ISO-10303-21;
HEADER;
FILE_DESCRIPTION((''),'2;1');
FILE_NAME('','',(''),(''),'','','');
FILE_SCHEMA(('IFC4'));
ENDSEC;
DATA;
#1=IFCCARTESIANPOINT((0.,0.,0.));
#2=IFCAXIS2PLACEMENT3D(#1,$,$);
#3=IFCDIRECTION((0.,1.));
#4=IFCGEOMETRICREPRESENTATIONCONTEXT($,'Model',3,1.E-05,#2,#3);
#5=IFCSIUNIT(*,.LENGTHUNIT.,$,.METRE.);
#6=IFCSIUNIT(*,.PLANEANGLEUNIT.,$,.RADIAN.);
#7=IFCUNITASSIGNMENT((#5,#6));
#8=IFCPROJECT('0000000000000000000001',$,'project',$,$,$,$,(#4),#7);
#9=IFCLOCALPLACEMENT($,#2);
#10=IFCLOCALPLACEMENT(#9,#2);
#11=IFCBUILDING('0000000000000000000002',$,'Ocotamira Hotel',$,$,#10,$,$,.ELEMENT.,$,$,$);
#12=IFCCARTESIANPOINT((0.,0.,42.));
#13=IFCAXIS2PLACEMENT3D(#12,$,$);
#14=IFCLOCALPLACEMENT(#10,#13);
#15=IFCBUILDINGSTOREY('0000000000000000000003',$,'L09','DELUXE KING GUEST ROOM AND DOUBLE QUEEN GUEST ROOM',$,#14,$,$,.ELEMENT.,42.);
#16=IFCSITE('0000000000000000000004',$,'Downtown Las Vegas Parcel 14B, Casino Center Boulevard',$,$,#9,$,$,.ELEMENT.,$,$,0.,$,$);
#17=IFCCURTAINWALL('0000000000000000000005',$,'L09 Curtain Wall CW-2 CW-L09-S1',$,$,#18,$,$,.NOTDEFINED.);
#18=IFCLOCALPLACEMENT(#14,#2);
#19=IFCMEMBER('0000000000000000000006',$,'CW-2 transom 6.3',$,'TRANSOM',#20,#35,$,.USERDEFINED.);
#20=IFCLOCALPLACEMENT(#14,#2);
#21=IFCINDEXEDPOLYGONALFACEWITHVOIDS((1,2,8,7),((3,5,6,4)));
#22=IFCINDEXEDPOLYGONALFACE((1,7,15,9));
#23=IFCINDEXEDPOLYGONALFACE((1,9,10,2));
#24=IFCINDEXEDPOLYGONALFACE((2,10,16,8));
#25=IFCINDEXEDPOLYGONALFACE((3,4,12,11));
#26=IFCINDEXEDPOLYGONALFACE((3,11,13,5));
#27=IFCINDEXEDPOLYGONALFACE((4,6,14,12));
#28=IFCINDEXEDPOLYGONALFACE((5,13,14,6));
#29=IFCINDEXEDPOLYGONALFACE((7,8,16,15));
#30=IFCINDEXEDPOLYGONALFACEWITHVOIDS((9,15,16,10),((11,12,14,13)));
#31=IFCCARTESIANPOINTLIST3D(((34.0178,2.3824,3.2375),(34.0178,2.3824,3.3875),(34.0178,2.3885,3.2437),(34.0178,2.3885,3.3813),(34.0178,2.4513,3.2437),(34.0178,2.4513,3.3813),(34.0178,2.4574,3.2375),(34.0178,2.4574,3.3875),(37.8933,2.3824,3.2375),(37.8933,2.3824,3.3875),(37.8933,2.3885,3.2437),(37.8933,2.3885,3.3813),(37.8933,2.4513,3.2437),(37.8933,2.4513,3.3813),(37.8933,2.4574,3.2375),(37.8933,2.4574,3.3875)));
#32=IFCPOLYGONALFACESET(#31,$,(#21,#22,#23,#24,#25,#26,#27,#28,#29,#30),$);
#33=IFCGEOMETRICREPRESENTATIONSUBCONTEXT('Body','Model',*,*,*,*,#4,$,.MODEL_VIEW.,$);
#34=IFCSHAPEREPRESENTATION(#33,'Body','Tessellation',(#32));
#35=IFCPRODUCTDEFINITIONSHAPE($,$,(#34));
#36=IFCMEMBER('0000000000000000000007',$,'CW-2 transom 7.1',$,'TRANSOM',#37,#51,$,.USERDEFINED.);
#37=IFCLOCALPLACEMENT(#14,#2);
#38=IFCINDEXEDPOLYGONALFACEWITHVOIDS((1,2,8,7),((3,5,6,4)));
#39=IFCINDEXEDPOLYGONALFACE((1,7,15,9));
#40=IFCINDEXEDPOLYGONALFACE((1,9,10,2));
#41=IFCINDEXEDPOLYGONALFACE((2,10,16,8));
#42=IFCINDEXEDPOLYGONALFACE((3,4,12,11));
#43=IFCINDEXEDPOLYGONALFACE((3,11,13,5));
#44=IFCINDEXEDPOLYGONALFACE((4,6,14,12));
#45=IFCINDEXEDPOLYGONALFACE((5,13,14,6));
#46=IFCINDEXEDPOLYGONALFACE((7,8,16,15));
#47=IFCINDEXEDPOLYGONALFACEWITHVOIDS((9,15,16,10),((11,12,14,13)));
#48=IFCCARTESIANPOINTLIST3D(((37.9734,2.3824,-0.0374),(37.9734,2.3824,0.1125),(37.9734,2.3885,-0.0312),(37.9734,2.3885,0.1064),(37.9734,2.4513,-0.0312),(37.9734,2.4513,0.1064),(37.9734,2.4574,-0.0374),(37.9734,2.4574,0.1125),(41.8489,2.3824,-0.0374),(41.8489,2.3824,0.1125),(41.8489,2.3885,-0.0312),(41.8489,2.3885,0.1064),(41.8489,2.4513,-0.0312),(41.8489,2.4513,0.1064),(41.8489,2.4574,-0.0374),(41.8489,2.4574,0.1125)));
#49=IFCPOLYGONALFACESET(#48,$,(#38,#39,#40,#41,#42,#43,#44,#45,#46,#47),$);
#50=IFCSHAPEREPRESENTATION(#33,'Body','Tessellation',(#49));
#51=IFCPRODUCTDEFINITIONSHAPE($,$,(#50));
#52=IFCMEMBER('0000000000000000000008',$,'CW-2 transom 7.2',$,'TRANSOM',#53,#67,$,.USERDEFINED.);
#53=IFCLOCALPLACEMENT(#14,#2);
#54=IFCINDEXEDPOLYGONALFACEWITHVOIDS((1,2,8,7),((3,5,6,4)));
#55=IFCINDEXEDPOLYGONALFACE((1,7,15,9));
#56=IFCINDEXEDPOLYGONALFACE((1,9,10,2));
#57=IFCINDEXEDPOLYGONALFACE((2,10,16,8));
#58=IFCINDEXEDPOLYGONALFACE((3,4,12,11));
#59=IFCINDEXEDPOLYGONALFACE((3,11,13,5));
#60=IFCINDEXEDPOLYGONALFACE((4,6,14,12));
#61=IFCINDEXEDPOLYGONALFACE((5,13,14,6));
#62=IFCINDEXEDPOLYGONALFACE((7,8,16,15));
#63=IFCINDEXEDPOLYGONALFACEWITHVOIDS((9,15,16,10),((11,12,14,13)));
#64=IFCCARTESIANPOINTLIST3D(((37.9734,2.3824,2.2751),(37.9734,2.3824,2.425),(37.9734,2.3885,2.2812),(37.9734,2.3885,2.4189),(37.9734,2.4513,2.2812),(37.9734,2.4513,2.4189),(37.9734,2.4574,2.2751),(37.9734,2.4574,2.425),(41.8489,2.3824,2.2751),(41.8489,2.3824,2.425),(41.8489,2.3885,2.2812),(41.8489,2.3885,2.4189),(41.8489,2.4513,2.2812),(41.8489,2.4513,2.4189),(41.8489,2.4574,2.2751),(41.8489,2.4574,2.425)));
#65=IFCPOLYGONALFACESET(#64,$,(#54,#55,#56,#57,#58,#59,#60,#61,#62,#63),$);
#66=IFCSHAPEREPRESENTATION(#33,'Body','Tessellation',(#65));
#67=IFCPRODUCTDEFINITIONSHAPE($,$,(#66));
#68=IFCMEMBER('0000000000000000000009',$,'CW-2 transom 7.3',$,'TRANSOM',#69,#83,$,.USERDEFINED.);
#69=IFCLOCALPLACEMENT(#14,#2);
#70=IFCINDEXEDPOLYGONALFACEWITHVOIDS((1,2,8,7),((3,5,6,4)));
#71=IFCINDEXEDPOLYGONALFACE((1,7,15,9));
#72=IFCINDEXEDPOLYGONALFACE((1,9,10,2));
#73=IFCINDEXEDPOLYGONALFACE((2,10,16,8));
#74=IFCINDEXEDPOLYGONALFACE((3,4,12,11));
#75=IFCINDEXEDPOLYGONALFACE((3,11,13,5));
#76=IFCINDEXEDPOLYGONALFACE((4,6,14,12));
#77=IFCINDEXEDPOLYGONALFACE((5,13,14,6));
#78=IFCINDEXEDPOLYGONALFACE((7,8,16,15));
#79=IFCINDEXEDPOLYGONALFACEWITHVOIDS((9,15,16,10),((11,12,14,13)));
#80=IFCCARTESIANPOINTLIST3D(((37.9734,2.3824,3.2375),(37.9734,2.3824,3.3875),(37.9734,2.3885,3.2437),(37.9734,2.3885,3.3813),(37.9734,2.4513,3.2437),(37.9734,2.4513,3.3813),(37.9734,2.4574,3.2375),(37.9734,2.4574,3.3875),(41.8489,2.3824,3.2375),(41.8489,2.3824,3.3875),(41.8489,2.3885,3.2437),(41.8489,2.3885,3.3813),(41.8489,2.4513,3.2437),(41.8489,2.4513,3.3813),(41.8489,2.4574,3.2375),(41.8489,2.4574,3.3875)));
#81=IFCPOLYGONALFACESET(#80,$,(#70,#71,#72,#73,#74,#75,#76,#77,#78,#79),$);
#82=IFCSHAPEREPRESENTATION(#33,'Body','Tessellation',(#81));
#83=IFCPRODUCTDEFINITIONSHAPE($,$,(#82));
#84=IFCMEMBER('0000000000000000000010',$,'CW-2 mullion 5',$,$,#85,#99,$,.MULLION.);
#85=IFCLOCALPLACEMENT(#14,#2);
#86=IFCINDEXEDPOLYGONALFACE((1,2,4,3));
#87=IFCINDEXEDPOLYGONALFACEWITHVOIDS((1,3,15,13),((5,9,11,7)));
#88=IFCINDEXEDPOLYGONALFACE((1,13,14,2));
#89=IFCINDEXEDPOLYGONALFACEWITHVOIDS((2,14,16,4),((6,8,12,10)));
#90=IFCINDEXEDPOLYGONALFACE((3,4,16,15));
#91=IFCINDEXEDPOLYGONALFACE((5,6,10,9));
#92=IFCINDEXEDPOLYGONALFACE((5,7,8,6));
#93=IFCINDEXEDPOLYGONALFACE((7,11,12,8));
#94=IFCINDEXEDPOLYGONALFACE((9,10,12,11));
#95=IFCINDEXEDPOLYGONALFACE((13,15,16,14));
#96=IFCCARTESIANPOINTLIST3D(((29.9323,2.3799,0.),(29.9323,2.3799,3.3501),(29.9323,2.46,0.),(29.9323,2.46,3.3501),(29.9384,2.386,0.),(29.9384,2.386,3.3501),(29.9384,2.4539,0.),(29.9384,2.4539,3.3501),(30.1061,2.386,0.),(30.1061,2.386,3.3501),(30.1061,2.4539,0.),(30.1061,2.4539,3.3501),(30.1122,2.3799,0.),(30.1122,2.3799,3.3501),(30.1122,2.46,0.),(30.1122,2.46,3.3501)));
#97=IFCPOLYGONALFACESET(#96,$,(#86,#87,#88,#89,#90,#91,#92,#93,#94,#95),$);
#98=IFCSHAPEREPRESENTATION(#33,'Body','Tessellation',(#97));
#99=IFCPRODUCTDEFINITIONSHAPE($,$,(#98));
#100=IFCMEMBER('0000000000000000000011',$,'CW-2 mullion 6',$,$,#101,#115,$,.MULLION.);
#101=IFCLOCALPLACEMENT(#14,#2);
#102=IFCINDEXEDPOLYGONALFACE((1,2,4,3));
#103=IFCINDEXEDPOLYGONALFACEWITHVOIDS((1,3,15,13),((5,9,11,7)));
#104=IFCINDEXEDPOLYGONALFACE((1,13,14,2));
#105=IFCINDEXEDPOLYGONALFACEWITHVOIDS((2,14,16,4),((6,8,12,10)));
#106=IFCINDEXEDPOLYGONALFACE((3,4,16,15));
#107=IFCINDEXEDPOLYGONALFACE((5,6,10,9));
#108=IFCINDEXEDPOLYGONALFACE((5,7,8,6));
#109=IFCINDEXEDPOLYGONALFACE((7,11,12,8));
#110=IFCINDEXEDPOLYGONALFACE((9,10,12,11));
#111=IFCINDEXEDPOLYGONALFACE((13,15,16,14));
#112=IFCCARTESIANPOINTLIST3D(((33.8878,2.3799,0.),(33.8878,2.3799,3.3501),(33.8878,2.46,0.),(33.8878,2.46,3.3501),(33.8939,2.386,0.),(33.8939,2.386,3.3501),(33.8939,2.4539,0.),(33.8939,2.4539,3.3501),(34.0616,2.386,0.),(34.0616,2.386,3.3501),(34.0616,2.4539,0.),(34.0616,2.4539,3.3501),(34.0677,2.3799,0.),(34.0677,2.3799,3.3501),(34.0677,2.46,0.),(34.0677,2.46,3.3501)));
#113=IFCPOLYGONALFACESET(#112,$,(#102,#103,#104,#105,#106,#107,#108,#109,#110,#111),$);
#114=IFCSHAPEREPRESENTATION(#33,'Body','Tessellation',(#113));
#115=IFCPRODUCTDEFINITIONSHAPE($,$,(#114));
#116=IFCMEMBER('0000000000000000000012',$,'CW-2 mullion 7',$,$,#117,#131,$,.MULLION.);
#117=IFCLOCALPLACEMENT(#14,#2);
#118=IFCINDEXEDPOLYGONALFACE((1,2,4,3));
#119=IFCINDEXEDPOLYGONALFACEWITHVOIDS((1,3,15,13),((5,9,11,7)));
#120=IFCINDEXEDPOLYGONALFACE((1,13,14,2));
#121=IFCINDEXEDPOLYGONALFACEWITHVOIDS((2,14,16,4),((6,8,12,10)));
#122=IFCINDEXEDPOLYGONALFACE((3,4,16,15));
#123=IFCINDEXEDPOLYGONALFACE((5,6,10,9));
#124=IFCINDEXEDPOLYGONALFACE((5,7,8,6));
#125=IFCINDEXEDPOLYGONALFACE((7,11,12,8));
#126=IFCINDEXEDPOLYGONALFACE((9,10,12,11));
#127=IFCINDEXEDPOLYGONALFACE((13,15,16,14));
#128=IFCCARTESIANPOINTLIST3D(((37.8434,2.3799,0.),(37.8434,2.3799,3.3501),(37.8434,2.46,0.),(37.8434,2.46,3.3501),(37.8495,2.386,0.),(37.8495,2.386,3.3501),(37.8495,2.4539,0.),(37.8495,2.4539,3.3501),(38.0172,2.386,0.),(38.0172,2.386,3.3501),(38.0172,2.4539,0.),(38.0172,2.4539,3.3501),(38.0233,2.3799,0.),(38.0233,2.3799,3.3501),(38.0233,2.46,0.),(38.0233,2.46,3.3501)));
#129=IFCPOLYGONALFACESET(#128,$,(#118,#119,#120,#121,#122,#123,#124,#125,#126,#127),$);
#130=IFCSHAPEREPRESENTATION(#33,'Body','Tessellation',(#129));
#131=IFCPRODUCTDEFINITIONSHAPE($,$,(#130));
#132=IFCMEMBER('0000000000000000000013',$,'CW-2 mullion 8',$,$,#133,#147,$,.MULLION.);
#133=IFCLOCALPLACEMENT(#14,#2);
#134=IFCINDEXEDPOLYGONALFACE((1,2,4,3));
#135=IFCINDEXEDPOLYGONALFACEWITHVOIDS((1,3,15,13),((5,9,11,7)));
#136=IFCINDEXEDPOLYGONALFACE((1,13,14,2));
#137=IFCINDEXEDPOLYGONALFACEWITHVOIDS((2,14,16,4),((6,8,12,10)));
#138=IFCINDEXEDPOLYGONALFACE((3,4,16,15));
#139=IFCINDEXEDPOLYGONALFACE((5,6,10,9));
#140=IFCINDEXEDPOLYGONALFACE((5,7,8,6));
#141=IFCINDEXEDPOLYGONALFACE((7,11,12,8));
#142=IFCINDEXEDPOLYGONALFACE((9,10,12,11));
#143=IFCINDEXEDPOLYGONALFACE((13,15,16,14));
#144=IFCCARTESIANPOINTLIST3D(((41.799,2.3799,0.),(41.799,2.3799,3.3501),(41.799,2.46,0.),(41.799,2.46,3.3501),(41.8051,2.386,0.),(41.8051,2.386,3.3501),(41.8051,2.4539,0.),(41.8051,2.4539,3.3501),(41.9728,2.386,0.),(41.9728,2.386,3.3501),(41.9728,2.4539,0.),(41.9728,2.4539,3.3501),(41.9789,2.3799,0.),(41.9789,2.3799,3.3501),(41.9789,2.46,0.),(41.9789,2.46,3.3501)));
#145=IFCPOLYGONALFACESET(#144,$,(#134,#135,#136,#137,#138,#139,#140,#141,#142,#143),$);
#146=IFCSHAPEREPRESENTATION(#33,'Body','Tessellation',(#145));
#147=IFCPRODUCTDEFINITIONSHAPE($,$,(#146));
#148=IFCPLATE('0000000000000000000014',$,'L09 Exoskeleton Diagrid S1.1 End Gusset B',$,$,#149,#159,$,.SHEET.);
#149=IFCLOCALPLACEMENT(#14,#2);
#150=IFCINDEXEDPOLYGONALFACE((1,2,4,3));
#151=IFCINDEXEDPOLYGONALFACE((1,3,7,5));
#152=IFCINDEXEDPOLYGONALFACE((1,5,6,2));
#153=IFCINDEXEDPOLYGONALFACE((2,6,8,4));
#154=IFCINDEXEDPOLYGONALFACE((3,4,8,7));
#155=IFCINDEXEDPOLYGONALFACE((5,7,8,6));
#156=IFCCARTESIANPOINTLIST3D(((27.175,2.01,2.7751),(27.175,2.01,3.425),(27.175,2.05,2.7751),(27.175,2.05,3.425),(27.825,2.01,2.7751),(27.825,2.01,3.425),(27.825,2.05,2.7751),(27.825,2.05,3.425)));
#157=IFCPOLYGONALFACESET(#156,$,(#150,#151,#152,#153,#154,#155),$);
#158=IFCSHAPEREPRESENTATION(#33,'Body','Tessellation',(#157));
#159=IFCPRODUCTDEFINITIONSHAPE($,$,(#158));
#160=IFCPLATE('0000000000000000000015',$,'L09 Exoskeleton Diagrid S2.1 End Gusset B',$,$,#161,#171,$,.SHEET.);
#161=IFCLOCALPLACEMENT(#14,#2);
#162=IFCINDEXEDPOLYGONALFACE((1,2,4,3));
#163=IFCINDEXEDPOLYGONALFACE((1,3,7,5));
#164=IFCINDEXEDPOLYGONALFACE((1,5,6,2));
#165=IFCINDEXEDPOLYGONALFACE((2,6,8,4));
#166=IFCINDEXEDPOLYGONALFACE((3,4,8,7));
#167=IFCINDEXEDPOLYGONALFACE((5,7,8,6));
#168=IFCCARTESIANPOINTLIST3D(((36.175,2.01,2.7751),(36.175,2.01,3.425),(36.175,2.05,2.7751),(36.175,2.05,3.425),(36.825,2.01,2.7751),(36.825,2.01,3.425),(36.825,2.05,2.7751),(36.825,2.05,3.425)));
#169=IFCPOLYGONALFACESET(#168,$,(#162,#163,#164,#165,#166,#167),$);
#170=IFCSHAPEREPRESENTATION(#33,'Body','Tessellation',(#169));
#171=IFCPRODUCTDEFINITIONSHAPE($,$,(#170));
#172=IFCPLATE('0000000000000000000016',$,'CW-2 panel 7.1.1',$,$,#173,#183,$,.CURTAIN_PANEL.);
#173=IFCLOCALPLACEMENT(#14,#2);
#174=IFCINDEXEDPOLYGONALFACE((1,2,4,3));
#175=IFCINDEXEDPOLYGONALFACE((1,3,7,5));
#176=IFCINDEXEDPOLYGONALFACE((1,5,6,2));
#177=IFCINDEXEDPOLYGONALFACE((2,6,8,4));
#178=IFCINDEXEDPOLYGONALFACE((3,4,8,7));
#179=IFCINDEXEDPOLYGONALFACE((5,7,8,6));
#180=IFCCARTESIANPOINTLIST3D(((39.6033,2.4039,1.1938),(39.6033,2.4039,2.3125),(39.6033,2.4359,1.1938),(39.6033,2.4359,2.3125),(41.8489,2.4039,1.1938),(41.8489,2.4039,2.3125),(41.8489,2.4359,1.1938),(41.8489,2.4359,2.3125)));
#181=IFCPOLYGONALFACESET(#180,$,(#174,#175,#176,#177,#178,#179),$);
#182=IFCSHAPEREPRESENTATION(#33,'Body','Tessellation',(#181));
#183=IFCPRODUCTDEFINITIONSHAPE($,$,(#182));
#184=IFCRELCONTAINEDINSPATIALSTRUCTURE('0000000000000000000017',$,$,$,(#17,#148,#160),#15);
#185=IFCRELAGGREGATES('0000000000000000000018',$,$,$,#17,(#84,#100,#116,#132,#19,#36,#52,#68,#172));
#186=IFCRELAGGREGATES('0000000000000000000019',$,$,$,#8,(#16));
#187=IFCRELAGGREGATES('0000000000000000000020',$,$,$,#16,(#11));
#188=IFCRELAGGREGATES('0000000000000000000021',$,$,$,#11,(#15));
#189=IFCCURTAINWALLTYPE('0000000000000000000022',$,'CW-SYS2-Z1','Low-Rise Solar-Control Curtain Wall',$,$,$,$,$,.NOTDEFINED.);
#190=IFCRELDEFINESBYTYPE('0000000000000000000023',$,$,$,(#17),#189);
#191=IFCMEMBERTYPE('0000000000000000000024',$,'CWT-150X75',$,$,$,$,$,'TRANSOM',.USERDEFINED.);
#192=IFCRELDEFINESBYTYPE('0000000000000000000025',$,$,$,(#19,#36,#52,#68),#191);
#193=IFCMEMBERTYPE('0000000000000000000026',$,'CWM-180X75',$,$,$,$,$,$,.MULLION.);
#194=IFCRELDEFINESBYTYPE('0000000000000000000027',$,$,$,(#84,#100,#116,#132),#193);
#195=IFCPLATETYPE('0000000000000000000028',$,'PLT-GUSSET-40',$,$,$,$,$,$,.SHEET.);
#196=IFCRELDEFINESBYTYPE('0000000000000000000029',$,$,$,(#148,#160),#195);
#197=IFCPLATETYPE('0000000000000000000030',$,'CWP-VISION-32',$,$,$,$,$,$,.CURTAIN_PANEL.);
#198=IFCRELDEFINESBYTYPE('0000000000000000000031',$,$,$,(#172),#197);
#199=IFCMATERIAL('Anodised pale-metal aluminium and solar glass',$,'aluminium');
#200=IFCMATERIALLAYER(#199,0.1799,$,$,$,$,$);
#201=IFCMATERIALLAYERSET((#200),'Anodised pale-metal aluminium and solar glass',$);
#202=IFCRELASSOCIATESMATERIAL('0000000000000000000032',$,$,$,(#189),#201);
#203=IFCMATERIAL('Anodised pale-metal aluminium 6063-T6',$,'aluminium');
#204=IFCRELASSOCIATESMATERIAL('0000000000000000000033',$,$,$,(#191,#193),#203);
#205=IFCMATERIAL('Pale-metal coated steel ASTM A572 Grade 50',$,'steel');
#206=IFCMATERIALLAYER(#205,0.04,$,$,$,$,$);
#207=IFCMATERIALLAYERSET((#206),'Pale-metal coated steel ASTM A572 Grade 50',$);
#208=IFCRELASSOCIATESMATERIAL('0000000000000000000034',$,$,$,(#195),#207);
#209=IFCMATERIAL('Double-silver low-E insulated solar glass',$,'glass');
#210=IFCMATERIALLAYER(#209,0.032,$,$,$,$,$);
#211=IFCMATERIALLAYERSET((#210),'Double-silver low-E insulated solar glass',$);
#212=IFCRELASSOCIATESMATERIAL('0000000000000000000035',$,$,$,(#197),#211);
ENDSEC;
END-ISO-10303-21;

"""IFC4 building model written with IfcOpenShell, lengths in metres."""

from ifc_helpers import new_model, si_unit, direction, frame, origin, origin_2d, place, context, subcontext, project, spatial, rectangle, hollow_rectangle, extrude, source, transform, mapped, material, layer, layer_set, material_profile, profile_set, type_object, element, aggregate, save


model = new_model("IFC4")

# Units and contexts
model_context = context("Model", 3, precision=1e-05, world=origin(), true_north=direction((0.0, 1.0)))
body_context = subcontext(model_context, "Body", "Model", "MODEL_VIEW")
ifc_project = project(units=[si_unit("LENGTHUNIT", "METRE"), si_unit("PLANEANGLEUNIT", "RADIAN")], contexts=[model_context])

# Site, building, storey
site_placement = place(None, origin())
site = spatial("IfcSite", under=ifc_project, at=site_placement, Name="Downtown Las Vegas Parcel 14B, Casino Center Boulevard", CompositionType="ELEMENT", RefElevation=0.0)
building_placement = place(site_placement, origin())
building = spatial("IfcBuilding", under=site, at=building_placement, Name="Ocotamira Hotel", CompositionType="ELEMENT")
storey_placement = place(building_placement, frame((0.0, 0.0, 42.0)))
storey = spatial("IfcBuildingStorey", under=building, at=storey_placement, Name="L09", Description="DELUXE KING GUEST ROOM AND DOUBLE QUEEN GUEST ROOM", CompositionType="ELEMENT", Elevation=42.0)

# Curtain wall, members
ifc_material_1 = material(Name="Anodised pale-metal aluminium and solar glass", Category="aluminium")
ifc_layer_1 = layer(ifc_material_1, 0.1799)
ifc_layer_set_1 = layer_set([ifc_layer_1], Name="Anodised pale-metal aluminium and solar glass")
curtain_wall_type = type_object("IfcCurtainWallType", Name="CW-SYS2-Z1", Description="Low-Rise Solar-Control Curtain Wall", PredefinedType="NOTDEFINED", material=ifc_layer_set_1)
curtain_wall_placement = place(storey_placement, origin())
curtain_wall = element("IfcCurtainWall", 1, at=curtain_wall_placement, inside=storey, type_object=curtain_wall_type, Name="L09 Curtain Wall CW-2 CW-L09-S1", PredefinedType="NOTDEFINED")
ifc_material_2 = material(Name="Anodised pale-metal aluminium 6063-T6", Category="aluminium")
ifc_material_profile_1 = material_profile(ifc_material_2, hollow_rectangle(XDim=0.075, YDim=0.1499, WallThickness=0.0061, at=origin_2d()), Name="HSS150X75X6")
ifc_profile_set_1 = profile_set([ifc_material_profile_1], Name="Anodised pale-metal aluminium 6063-T6")
member_type_1 = type_object("IfcMemberType", Name="CWT-150X75", ElementType="TRANSOM", PredefinedType="USERDEFINED", material=ifc_profile_set_1)
shared_shape_1 = source(origin(), body_context, "Body", "SweptSolid", [
    extrude(hollow_rectangle(XDim=0.075, YDim=0.1499, WallThickness=0.0061, at=origin_2d()), origin(), (0.0, 0.0, 1.0), 3.8755),
])
member_1_placement = place(storey_placement, frame((34.0178, 2.4199, 3.3125), z_axis=(1.0, 0.0, 0.0), x_axis=(0.0, 1.0, 0.0)))
member_1 = element("IfcMember", 2, at=member_1_placement, type_object=member_type_1, Name="CW-2 transom 6.3", ObjectType="TRANSOM", PredefinedType="USERDEFINED", context=body_context, shape_type="MappedRepresentation", body=[
    mapped(shared_shape_1, transform((0.0, 0.0, 0.0), scale=1.0)),
])
member_2_placement = place(storey_placement, frame((37.9734, 2.4199, 0.0376), z_axis=(1.0, 0.0, 0.0), x_axis=(0.0, 1.0, 0.0)))
member_2 = element("IfcMember", 3, at=member_2_placement, type_object=member_type_1, Name="CW-2 transom 7.1", ObjectType="TRANSOM", PredefinedType="USERDEFINED", context=body_context, shape_type="MappedRepresentation", body=[
    mapped(shared_shape_1, transform((0.0, 0.0, 0.0), scale=1.0)),
])
member_3_placement = place(storey_placement, frame((37.9734, 2.4199, 2.3501), z_axis=(1.0, 0.0, 0.0), x_axis=(0.0, 1.0, 0.0)))
member_3 = element("IfcMember", 4, at=member_3_placement, type_object=member_type_1, Name="CW-2 transom 7.2", ObjectType="TRANSOM", PredefinedType="USERDEFINED", context=body_context, shape_type="MappedRepresentation", body=[
    mapped(shared_shape_1, transform((0.0, 0.0, 0.0), scale=1.0)),
])
member_4_placement = place(storey_placement, frame((37.9734, 2.4199, 3.3125), z_axis=(1.0, 0.0, 0.0), x_axis=(0.0, 1.0, 0.0)))
member_4 = element("IfcMember", 5, at=member_4_placement, type_object=member_type_1, Name="CW-2 transom 7.3", ObjectType="TRANSOM", PredefinedType="USERDEFINED", context=body_context, shape_type="MappedRepresentation", body=[
    mapped(shared_shape_1, transform((0.0, 0.0, 0.0), scale=1.0)),
])
ifc_material_profile_2 = material_profile(ifc_material_2, hollow_rectangle(XDim=0.0801, YDim=0.1799, WallThickness=0.0061, at=origin_2d()), Name="HSS180X80X6")
ifc_profile_set_2 = profile_set([ifc_material_profile_2], Name="Anodised pale-metal aluminium 6063-T6")
member_type_2 = type_object("IfcMemberType", Name="CWM-180X75", PredefinedType="MULLION", material=ifc_profile_set_2)
shared_shape_2 = source(origin(), body_context, "Body", "SweptSolid", [
    extrude(hollow_rectangle(XDim=0.0801, YDim=0.1799, WallThickness=0.0061, at=origin_2d()), origin(), (0.0, 0.0, 1.0), 3.3501),
])
member_5_placement = place(storey_placement, frame((30.0222, 2.4199, 0.0), z_axis=(0.0, 0.0, 1.0), x_axis=(0.0, 1.0, 0.0)))
member_5 = element("IfcMember", 6, at=member_5_placement, type_object=member_type_2, Name="CW-2 mullion 5", PredefinedType="MULLION", context=body_context, shape_type="MappedRepresentation", body=[
    mapped(shared_shape_2, transform((0.0, 0.0, 0.0), scale=1.0)),
])
member_6_placement = place(storey_placement, frame((33.9778, 2.4199, 0.0), z_axis=(0.0, 0.0, 1.0), x_axis=(0.0, 1.0, 0.0)))
member_6 = element("IfcMember", 7, at=member_6_placement, type_object=member_type_2, Name="CW-2 mullion 6", PredefinedType="MULLION", context=body_context, shape_type="MappedRepresentation", body=[
    mapped(shared_shape_2, transform((0.0, 0.0, 0.0), scale=1.0)),
])
member_7_placement = place(storey_placement, frame((37.9333, 2.4199, 0.0), z_axis=(0.0, 0.0, 1.0), x_axis=(0.0, 1.0, 0.0)))
member_7 = element("IfcMember", 8, at=member_7_placement, type_object=member_type_2, Name="CW-2 mullion 7", PredefinedType="MULLION", context=body_context, shape_type="MappedRepresentation", body=[
    mapped(shared_shape_2, transform((0.0, 0.0, 0.0), scale=1.0)),
])
member_8_placement = place(storey_placement, frame((41.8889, 2.4199, 0.0), z_axis=(0.0, 0.0, 1.0), x_axis=(0.0, 1.0, 0.0)))
member_8 = element("IfcMember", 9, at=member_8_placement, type_object=member_type_2, Name="CW-2 mullion 8", PredefinedType="MULLION", context=body_context, shape_type="MappedRepresentation", body=[
    mapped(shared_shape_2, transform((0.0, 0.0, 0.0), scale=1.0)),
])

# Plates
ifc_material_3 = material(Name="Pale-metal coated steel ASTM A572 Grade 50", Category="steel")
ifc_layer_2 = layer(ifc_material_3, 0.04)
ifc_layer_set_2 = layer_set([ifc_layer_2], Name="Pale-metal coated steel ASTM A572 Grade 50")
plate_type_1 = type_object("IfcPlateType", Name="PLT-GUSSET-40", PredefinedType="SHEET", material=ifc_layer_set_2)
shared_shape_3 = source(origin(), body_context, "Body", "SweptSolid", [
    extrude(rectangle(XDim=0.6499, YDim=0.04, at=origin_2d()), origin(), (0.0, 0.0, 1.0), 0.6499),
])
for number, where, z_axis, x_axis, name in (
    (10, (27.5, 2.03, 2.7751), (0.0, 0.0, 1.0), (1.0, 0.0, 0.0), "L09 Exoskeleton Diagrid S1.1 End Gusset B"),
    (11, (36.5, 2.03, 2.7751), (0.0, 0.0, 1.0), (1.0, 0.0, 0.0), "L09 Exoskeleton Diagrid S2.1 End Gusset B"),
):
    element("IfcPlate", number, at=place(storey_placement, frame(where, z_axis=z_axis, x_axis=x_axis)), inside=storey, type_object=plate_type_1, Name=name, PredefinedType="SHEET", context=body_context, shape_type="MappedRepresentation", body=[
        mapped(shared_shape_3, transform((0.0, 0.0, 0.0), scale=1.0)),
    ])

# Plate
ifc_material_4 = material(Name="Double-silver low-E insulated solar glass", Category="glass")
ifc_layer_3 = layer(ifc_material_4, 0.032)
ifc_layer_set_3 = layer_set([ifc_layer_3], Name="Double-silver low-E insulated solar glass")
plate_type_2 = type_object("IfcPlateType", Name="CWP-VISION-32", PredefinedType="CURTAIN_PANEL", material=ifc_layer_set_3)
shared_shape_4 = source(origin(), body_context, "Body", "SweptSolid", [
    extrude(rectangle(XDim=2.2456, YDim=0.032, at=origin_2d()), origin(), (0.0, 0.0, 1.0), 1.1187),
])
plate_1_placement = place(storey_placement, frame((40.7261, 2.4199, 1.1938), z_axis=(0.0, 0.0, 1.0), x_axis=(1.0, 0.0, 0.0)))
plate_1 = element("IfcPlate", 12, at=plate_1_placement, type_object=plate_type_2, Name="CW-2 panel 7.1.1", PredefinedType="CURTAIN_PANEL", context=body_context, shape_type="MappedRepresentation", body=[
    mapped(shared_shape_4, transform((0.0, 0.0, 0.0), scale=1.0)),
])
aggregate(curtain_wall, [member_5, member_6, member_7, member_8, member_1, member_2, member_3, member_4, plate_1])

save(model, "model.ifc")
